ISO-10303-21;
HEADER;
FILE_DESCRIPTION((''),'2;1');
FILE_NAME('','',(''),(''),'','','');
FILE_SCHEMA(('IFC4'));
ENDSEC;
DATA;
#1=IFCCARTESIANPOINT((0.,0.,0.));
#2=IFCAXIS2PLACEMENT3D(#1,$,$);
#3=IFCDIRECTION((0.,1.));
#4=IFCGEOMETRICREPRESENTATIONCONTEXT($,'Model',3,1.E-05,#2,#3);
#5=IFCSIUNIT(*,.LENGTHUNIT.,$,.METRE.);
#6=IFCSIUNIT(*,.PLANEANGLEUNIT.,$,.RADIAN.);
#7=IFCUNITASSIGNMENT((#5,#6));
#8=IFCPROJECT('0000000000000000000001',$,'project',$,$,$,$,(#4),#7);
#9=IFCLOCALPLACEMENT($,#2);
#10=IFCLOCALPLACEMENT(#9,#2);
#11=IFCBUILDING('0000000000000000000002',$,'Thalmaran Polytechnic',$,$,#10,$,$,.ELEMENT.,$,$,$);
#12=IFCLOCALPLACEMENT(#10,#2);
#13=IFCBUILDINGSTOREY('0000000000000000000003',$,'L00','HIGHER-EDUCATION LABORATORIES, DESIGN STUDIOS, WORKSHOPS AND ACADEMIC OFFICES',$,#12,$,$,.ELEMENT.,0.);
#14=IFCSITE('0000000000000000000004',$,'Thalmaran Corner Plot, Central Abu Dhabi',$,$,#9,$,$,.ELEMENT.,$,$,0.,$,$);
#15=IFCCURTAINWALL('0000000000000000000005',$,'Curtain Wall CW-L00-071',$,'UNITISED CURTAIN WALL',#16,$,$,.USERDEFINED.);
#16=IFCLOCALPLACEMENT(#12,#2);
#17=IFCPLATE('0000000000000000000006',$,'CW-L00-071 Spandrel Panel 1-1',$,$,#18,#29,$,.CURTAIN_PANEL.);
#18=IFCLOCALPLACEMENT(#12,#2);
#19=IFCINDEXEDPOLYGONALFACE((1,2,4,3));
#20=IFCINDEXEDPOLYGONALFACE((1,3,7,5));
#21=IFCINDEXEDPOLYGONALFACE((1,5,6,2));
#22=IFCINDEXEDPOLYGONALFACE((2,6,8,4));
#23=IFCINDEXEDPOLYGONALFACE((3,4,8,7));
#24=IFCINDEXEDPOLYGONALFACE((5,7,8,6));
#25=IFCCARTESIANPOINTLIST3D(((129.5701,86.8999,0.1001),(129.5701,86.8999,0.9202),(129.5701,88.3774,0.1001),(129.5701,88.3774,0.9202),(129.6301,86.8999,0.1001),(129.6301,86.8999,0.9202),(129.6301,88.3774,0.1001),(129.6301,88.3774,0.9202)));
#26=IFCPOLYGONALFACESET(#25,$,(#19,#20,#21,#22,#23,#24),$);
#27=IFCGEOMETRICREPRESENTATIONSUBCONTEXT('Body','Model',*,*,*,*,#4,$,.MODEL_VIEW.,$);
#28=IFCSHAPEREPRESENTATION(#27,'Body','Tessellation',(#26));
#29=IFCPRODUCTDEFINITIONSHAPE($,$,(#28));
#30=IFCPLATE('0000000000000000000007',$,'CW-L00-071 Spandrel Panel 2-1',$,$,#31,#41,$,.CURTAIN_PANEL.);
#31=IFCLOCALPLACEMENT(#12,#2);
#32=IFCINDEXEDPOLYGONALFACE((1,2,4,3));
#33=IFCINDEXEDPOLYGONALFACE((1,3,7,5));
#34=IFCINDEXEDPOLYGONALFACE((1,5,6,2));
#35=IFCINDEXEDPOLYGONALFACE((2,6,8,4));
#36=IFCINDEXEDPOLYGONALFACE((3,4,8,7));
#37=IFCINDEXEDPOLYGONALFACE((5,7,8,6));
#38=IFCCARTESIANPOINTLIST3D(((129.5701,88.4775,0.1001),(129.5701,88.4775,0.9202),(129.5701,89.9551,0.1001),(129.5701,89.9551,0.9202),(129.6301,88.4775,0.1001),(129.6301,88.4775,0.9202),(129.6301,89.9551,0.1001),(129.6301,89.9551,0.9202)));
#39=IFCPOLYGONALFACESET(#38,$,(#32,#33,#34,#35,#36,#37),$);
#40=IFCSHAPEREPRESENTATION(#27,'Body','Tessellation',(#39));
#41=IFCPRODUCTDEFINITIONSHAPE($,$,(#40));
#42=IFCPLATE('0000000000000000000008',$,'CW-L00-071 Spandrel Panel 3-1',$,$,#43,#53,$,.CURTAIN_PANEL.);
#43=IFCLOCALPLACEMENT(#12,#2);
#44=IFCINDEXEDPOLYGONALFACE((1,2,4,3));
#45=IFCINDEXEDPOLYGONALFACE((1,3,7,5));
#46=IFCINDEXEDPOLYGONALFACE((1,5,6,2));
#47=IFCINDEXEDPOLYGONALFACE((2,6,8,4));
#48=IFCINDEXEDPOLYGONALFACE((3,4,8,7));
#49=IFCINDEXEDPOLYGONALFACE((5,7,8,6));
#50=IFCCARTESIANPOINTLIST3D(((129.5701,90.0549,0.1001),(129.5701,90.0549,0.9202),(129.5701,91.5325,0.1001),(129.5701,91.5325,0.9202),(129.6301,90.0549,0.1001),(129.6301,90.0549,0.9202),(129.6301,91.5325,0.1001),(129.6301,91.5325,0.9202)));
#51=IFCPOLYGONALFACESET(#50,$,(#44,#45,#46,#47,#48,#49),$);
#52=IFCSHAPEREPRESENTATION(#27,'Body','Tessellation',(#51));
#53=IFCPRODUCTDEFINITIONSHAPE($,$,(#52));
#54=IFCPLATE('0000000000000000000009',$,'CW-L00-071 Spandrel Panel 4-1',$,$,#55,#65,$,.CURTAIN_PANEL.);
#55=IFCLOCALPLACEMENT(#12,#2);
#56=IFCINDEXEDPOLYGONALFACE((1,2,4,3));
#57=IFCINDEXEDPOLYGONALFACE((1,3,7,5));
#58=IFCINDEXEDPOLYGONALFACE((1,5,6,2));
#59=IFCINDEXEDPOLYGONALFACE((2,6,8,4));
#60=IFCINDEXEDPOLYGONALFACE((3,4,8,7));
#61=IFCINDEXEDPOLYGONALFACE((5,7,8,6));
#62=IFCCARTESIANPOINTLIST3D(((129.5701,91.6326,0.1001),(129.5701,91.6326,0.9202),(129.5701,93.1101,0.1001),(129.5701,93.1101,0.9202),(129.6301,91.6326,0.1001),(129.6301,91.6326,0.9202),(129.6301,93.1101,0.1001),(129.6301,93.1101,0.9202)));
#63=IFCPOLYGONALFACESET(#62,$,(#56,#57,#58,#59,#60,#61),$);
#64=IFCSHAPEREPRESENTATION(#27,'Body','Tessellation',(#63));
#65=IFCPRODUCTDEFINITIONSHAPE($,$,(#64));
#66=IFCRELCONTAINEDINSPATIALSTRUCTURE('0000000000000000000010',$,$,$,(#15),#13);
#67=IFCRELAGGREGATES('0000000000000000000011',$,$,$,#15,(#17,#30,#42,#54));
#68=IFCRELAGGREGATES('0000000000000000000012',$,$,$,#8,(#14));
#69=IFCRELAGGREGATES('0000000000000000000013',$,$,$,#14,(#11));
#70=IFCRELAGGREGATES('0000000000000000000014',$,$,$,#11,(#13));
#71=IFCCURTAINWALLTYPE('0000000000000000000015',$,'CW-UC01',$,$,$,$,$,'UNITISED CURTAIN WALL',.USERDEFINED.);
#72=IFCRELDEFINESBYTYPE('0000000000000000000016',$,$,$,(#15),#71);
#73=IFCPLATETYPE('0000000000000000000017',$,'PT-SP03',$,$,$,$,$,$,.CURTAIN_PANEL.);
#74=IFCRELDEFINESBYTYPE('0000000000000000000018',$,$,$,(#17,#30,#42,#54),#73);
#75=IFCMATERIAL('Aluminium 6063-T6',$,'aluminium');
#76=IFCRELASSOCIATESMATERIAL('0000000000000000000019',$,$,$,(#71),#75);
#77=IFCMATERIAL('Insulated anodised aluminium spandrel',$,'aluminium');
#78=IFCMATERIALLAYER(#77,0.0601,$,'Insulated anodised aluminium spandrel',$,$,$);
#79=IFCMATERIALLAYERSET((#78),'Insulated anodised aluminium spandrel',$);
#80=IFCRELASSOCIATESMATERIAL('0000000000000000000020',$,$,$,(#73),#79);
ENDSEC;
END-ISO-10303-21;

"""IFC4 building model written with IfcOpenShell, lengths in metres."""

from ifc_helpers import new_model, si_unit, direction, frame, origin, origin_2d, place, context, subcontext, project, spatial, rectangle, extrude, material, layer, layer_set, type_object, element, aggregate, save


model = new_model("IFC4")

# Units and contexts
model_context = context("Model", 3, precision=1e-05, world=origin(), true_north=direction((0.0, 1.0)))
body_context = subcontext(model_context, "Body", "Model", "MODEL_VIEW")
ifc_project = project(units=[si_unit("LENGTHUNIT", "METRE"), si_unit("PLANEANGLEUNIT", "RADIAN")], contexts=[model_context])

# Site, building, storey
site_placement = place(None, origin())
site = spatial("IfcSite", under=ifc_project, at=site_placement, Name="Thalmaran Corner Plot, Central Abu Dhabi", CompositionType="ELEMENT", RefElevation=0.0)
building_placement = place(site_placement, origin())
building = spatial("IfcBuilding", under=site, at=building_placement, Name="Thalmaran Polytechnic", CompositionType="ELEMENT")
storey_placement = place(building_placement, origin())
storey = spatial("IfcBuildingStorey", under=building, at=storey_placement, Name="L00", Description="HIGHER-EDUCATION LABORATORIES, DESIGN STUDIOS, WORKSHOPS AND ACADEMIC OFFICES", CompositionType="ELEMENT", Elevation=0.0)

# Curtain wall, plates
ifc_material_1 = material(Name="Aluminium 6063-T6", Category="aluminium")
curtain_wall_type = type_object("IfcCurtainWallType", Name="CW-UC01", ElementType="UNITISED CURTAIN WALL", PredefinedType="USERDEFINED", material=ifc_material_1)
curtain_wall_placement = place(storey_placement, origin())
curtain_wall = element("IfcCurtainWall", 1, at=curtain_wall_placement, inside=storey, type_object=curtain_wall_type, Name="Curtain Wall CW-L00-071", ObjectType="UNITISED CURTAIN WALL", PredefinedType="USERDEFINED")
ifc_material_2 = material(Name="Insulated anodised aluminium spandrel", Category="aluminium")
ifc_layer_1 = layer(ifc_material_2, 0.0601, Name="Insulated anodised aluminium spandrel")
ifc_layer_set_1 = layer_set([ifc_layer_1], Name="Insulated anodised aluminium spandrel")
plate_type_1 = type_object("IfcPlateType", Name="PT-SP03", PredefinedType="CURTAIN_PANEL", material=ifc_layer_set_1)
plate_1_placement = place(storey_placement, frame((129.6001, 87.6387, 0.1001), z_axis=(0.0, 0.0, 1.0), x_axis=(0.0, 1.0, 0.0)))
plate_1 = element("IfcPlate", 2, at=plate_1_placement, type_object=plate_type_1, Name="CW-L00-071 Spandrel Panel 1-1", PredefinedType="CURTAIN_PANEL", context=body_context, shape_type="SweptSolid", body=[
    extrude(rectangle(XDim=1.4775, YDim=0.0601, at=origin_2d()), origin(), (0.0, 0.0, 1.0), 0.8201),
])
plate_2_placement = place(storey_placement, frame((129.6001, 89.2163, 0.1001), z_axis=(0.0, 0.0, 1.0), x_axis=(0.0, 1.0, 0.0)))
plate_2 = element("IfcPlate", 3, at=plate_2_placement, type_object=plate_type_1, Name="CW-L00-071 Spandrel Panel 2-1", PredefinedType="CURTAIN_PANEL", context=body_context, shape_type="SweptSolid", body=[
    extrude(rectangle(XDim=1.4775, YDim=0.0601, at=origin_2d()), origin(), (0.0, 0.0, 1.0), 0.8201),
])
plate_3_placement = place(storey_placement, frame((129.6001, 90.7937, 0.1001), z_axis=(0.0, 0.0, 1.0), x_axis=(0.0, 1.0, 0.0)))
plate_3 = element("IfcPlate", 4, at=plate_3_placement, type_object=plate_type_1, Name="CW-L00-071 Spandrel Panel 3-1", PredefinedType="CURTAIN_PANEL", context=body_context, shape_type="SweptSolid", body=[
    extrude(rectangle(XDim=1.4775, YDim=0.0601, at=origin_2d()), origin(), (0.0, 0.0, 1.0), 0.8201),
])
plate_4_placement = place(storey_placement, frame((129.6001, 92.3713, 0.1001), z_axis=(0.0, 0.0, 1.0), x_axis=(0.0, 1.0, 0.0)))
plate_4 = element("IfcPlate", 5, at=plate_4_placement, type_object=plate_type_1, Name="CW-L00-071 Spandrel Panel 4-1", PredefinedType="CURTAIN_PANEL", context=body_context, shape_type="SweptSolid", body=[
    extrude(rectangle(XDim=1.4775, YDim=0.0601, at=origin_2d()), origin(), (0.0, 0.0, 1.0), 0.8201),
])
aggregate(curtain_wall, [plate_1, plate_2, plate_3, plate_4])

save(model, "model.ifc")
